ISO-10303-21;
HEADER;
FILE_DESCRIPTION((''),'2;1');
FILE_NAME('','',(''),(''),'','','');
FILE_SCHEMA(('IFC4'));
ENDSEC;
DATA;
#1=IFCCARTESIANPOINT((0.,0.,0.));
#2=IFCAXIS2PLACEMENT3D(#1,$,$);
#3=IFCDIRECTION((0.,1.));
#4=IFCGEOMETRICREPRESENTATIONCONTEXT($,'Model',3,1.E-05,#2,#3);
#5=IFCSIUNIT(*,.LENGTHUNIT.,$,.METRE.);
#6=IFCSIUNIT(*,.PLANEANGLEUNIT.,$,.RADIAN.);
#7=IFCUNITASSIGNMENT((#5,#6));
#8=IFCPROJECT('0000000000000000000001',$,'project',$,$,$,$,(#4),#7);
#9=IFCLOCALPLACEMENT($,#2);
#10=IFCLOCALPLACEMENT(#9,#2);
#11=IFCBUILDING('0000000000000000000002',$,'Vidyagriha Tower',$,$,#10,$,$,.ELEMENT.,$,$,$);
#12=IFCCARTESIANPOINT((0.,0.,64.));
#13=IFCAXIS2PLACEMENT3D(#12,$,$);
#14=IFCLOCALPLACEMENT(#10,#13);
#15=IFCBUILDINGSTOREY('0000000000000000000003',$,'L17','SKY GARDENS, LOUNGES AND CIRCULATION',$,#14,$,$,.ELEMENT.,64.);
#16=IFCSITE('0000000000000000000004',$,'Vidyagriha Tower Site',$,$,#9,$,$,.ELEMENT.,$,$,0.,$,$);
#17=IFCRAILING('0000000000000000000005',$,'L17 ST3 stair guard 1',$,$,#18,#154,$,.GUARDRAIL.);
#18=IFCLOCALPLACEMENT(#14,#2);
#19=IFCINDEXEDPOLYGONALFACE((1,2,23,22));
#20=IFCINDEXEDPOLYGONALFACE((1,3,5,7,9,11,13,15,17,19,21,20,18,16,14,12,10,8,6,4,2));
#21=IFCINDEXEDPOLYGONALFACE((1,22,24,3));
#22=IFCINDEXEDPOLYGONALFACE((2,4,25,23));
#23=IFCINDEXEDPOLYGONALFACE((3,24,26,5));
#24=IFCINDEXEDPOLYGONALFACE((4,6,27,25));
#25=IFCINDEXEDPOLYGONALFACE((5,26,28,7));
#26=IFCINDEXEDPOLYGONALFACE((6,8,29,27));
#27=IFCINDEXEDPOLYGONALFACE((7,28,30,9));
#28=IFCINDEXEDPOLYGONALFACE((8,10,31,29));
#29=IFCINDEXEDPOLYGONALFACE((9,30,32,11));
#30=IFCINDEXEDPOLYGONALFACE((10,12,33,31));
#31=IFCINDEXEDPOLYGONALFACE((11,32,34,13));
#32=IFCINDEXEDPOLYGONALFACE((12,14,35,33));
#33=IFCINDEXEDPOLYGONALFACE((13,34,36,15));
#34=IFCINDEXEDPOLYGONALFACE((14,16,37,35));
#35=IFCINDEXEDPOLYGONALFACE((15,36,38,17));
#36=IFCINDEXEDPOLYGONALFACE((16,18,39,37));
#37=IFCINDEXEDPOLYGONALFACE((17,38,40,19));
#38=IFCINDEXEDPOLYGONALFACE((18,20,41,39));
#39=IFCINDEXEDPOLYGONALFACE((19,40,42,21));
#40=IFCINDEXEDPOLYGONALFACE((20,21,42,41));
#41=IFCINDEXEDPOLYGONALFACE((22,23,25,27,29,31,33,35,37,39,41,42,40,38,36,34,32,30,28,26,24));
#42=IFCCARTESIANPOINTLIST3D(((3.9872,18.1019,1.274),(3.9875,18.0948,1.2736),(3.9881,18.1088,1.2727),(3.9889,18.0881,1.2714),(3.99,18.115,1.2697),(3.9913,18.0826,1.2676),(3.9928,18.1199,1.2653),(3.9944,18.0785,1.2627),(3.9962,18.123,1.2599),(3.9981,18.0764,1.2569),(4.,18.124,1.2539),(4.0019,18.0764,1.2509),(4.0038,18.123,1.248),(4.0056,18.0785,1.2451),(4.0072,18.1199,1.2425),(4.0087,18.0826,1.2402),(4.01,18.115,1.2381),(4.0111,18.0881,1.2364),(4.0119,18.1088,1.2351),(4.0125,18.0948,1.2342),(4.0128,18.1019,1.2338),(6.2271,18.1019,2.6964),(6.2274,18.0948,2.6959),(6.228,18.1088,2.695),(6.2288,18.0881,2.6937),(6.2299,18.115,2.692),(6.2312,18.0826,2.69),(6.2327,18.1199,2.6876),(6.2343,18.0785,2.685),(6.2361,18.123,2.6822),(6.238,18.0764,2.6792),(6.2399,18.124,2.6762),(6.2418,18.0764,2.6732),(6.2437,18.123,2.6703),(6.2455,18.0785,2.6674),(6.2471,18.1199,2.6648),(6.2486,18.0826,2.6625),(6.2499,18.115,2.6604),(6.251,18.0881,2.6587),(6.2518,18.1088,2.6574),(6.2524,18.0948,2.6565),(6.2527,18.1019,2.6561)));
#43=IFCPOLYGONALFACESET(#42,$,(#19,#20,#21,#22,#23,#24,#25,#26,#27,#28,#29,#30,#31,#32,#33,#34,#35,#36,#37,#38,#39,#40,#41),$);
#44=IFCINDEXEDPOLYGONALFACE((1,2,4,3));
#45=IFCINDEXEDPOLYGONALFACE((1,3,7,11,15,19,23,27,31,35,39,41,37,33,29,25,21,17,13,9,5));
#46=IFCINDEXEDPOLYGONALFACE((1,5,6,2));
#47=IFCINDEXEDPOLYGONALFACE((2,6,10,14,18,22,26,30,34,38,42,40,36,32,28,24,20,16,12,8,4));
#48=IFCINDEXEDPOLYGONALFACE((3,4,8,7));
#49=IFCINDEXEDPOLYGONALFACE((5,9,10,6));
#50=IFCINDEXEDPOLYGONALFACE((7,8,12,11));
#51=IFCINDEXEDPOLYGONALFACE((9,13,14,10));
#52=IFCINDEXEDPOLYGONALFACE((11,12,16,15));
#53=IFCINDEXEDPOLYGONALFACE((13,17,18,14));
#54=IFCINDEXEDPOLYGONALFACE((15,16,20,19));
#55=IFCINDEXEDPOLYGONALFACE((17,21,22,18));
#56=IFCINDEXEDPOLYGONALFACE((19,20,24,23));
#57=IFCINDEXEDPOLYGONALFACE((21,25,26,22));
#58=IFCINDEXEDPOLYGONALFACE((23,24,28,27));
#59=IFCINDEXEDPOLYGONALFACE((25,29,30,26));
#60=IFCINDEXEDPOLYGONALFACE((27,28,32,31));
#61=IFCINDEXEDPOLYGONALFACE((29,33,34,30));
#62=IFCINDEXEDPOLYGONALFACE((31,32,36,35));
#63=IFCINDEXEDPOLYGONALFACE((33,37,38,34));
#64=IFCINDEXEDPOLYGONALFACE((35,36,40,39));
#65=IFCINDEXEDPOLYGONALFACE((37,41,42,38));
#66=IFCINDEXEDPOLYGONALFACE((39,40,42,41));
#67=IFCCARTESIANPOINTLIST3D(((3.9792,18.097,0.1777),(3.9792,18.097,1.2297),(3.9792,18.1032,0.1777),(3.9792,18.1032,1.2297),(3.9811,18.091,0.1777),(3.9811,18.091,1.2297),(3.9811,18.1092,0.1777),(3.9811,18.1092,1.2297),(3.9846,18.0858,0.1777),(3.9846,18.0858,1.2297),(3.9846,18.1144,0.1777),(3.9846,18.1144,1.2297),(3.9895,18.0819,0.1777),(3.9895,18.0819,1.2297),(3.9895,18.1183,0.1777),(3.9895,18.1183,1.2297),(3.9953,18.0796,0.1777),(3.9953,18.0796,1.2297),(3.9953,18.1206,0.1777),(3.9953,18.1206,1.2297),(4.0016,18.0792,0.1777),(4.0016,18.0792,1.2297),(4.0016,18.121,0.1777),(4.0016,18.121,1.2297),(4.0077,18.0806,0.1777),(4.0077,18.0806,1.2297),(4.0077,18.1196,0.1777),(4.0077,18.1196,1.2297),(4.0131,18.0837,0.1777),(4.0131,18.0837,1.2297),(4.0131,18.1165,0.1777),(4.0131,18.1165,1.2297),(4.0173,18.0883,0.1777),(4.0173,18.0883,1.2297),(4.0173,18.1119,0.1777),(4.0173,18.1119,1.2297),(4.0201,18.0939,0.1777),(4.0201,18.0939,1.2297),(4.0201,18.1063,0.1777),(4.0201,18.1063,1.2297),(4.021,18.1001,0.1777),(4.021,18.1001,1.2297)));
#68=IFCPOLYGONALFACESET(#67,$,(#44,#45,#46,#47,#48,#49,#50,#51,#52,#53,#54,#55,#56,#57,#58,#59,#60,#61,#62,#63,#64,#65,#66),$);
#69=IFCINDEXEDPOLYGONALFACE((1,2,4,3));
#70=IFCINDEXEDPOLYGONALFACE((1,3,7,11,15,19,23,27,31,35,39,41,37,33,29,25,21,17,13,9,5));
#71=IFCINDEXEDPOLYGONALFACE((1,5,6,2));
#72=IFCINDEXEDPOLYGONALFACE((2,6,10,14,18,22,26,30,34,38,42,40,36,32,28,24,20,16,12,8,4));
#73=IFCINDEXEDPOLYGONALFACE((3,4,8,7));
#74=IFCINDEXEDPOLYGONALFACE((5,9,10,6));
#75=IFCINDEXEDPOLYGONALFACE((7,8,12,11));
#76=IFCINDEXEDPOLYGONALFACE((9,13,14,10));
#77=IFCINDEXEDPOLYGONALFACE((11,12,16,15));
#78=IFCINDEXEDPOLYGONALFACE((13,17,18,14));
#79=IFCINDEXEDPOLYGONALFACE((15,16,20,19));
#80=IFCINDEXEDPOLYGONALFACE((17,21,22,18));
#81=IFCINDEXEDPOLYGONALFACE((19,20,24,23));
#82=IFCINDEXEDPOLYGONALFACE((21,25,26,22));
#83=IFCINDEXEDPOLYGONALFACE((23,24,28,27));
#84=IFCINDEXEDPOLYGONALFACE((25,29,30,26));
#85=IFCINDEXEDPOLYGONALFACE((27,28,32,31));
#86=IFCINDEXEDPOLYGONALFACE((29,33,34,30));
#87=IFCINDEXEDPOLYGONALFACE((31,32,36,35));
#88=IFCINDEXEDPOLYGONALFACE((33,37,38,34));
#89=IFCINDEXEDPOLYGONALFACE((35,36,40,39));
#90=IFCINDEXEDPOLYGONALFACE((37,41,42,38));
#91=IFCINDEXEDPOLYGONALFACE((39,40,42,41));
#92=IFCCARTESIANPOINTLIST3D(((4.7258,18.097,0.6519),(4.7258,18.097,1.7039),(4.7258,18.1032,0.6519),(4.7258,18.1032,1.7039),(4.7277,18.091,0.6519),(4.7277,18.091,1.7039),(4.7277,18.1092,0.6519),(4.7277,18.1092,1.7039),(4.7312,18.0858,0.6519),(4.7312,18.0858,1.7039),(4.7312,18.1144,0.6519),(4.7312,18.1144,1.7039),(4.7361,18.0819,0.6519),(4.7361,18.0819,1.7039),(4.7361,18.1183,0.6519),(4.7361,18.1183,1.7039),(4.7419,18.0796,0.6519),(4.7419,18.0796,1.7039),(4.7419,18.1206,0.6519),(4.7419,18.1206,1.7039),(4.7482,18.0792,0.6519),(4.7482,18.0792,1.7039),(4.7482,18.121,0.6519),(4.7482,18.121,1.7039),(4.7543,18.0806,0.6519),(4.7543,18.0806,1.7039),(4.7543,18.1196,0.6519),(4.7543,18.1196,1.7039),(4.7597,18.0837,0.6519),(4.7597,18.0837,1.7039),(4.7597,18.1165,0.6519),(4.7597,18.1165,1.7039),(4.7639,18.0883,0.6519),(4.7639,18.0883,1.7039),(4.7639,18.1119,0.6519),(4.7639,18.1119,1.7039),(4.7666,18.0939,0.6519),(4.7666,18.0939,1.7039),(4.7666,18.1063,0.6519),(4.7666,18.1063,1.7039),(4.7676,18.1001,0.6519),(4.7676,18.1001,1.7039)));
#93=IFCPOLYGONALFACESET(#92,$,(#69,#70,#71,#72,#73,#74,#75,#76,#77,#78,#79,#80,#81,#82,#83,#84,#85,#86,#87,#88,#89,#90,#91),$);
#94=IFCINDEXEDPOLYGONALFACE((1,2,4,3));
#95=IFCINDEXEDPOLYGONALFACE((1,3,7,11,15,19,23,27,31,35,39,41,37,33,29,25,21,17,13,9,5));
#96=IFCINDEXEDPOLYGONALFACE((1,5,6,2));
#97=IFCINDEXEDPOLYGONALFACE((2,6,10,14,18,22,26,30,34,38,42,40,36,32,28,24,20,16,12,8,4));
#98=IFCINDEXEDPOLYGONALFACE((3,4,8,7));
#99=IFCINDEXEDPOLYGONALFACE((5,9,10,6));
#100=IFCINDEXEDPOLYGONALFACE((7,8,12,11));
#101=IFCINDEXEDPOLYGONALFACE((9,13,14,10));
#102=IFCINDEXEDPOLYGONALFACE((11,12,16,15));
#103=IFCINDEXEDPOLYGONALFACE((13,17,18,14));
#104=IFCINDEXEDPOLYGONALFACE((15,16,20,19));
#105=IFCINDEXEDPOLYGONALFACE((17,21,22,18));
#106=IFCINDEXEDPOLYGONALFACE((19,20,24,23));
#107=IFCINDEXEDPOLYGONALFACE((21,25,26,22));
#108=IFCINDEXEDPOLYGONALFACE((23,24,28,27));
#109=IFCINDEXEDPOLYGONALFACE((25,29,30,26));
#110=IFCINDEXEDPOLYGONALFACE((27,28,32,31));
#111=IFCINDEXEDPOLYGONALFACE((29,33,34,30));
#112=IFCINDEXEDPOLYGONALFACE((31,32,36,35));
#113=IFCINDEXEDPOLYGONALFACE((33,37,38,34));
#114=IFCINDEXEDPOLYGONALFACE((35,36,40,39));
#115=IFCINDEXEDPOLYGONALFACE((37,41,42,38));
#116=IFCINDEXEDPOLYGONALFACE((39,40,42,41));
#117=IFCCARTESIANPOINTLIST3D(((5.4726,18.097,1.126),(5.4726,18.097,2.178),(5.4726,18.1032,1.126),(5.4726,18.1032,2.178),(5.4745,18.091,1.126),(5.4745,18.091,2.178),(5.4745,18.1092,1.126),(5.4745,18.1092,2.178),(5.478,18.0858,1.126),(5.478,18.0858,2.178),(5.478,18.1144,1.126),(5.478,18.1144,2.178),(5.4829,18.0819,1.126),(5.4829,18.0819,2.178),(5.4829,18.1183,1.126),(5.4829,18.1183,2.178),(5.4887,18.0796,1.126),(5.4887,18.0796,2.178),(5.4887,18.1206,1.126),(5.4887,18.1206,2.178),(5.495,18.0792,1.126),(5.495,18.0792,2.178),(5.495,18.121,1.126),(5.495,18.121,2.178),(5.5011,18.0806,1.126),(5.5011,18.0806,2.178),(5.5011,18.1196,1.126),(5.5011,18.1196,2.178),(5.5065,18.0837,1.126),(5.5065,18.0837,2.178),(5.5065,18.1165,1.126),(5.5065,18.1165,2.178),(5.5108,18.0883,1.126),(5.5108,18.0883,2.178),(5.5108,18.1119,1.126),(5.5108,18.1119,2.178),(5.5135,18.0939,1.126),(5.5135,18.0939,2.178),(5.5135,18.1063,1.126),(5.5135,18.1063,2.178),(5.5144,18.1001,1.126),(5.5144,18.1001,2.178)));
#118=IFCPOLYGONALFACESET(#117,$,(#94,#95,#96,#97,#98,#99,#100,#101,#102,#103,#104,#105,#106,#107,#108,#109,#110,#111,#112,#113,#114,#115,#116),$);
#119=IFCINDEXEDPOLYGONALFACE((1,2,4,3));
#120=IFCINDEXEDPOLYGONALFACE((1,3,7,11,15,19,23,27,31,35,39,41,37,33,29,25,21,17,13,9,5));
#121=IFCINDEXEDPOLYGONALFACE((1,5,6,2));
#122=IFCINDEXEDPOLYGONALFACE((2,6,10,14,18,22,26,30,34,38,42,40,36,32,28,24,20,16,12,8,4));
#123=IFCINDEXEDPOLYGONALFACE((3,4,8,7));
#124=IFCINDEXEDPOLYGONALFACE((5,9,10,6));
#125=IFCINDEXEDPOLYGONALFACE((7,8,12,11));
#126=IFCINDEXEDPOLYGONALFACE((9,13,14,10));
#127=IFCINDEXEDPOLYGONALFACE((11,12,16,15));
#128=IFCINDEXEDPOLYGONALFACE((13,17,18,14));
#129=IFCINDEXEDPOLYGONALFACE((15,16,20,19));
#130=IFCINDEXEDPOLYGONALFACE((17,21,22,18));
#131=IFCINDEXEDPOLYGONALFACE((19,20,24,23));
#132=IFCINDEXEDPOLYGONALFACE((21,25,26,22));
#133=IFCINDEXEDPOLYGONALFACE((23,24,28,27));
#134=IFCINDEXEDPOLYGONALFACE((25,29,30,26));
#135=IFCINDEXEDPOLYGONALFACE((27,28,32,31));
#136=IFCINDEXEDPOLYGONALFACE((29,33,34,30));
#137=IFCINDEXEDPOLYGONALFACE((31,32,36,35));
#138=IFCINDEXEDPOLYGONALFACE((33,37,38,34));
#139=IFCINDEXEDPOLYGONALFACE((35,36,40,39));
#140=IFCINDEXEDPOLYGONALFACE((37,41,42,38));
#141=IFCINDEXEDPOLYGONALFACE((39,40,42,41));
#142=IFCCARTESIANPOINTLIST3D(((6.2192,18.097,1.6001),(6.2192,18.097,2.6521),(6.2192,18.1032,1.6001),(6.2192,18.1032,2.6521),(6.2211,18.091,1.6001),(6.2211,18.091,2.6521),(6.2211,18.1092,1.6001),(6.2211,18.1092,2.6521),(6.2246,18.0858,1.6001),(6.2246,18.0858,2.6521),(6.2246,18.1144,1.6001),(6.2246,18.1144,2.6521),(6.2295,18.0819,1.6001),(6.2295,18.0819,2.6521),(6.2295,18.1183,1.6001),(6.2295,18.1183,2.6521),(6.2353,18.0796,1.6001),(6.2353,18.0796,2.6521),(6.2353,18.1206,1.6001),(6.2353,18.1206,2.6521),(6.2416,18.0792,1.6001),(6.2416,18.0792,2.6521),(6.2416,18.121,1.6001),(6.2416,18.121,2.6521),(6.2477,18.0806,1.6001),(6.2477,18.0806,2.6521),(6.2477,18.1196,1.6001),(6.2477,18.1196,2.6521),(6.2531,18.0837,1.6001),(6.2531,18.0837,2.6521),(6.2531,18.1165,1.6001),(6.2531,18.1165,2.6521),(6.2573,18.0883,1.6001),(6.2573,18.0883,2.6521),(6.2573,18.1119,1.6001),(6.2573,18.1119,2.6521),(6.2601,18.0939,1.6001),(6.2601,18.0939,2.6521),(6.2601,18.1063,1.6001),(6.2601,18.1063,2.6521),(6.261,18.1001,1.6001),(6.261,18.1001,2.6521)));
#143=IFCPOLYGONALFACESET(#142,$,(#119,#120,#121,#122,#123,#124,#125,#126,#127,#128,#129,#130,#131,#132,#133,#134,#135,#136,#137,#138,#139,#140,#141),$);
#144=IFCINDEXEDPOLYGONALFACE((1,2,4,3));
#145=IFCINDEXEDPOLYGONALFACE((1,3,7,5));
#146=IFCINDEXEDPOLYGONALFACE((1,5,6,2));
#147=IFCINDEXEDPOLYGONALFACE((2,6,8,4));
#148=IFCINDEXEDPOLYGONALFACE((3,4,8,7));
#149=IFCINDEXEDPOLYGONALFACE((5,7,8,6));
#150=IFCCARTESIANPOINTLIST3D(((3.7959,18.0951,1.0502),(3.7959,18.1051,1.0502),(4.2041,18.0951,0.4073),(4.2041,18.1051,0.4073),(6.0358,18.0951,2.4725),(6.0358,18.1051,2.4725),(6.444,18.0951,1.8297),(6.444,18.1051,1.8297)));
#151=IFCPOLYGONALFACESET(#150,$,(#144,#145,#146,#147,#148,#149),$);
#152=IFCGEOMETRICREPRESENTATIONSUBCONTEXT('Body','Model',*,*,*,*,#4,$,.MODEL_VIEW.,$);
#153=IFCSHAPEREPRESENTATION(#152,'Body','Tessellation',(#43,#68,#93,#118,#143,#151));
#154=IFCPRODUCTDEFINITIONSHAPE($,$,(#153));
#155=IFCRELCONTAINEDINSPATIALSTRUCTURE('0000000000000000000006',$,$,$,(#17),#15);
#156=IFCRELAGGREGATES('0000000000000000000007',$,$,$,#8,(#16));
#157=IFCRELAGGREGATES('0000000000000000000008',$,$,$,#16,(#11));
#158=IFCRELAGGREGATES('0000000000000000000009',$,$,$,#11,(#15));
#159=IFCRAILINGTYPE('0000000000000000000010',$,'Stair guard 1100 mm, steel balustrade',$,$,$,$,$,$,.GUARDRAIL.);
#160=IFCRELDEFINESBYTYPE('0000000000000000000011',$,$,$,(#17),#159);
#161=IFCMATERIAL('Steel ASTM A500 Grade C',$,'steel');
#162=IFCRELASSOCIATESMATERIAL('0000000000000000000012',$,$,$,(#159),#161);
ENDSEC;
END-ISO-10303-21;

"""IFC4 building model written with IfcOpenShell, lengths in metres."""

from ifc_helpers import new_model, si_unit, direction, frame, origin, origin_2d, place, context, subcontext, project, spatial, rectangle, circle, extrude, material, type_object, element, save


model = new_model("IFC4")

# Units and contexts
model_context = context("Model", 3, precision=1e-05, world=origin(), true_north=direction((0.0, 1.0)))
body_context = subcontext(model_context, "Body", "Model", "MODEL_VIEW")
ifc_project = project(units=[si_unit("LENGTHUNIT", "METRE"), si_unit("PLANEANGLEUNIT", "RADIAN")], contexts=[model_context])

# Site, building, storey
site_placement = place(None, origin())
site = spatial("IfcSite", under=ifc_project, at=site_placement, Name="Vidyagriha Tower Site", CompositionType="ELEMENT", RefElevation=0.0)
building_placement = place(site_placement, origin())
building = spatial("IfcBuilding", under=site, at=building_placement, Name="Vidyagriha Tower", CompositionType="ELEMENT")
storey_placement = place(building_placement, frame((0.0, 0.0, 64.0)))
storey = spatial("IfcBuildingStorey", under=building, at=storey_placement, Name="L17", Description="SKY GARDENS, LOUNGES AND CIRCULATION", CompositionType="ELEMENT", Elevation=64.0)

# Railing
ifc_material_1 = material(Name="Steel ASTM A500 Grade C", Category="steel")
railing_type_1 = type_object("IfcRailingType", Name="Stair guard 1100 mm, steel balustrade", PredefinedType="GUARDRAIL", material=ifc_material_1)
railing_1_placement = place(storey_placement, frame((4.0, 18.1001, 0.1777)))
element("IfcRailing", 1, at=railing_1_placement, inside=storey, type_object=railing_type_1, Name="L17 ST3 stair guard 1", PredefinedType="GUARDRAIL", context=body_context, shape_type="SweptSolid", body=[
    extrude(circle(Radius=0.0239, at=origin_2d()), frame((0.0, 0.0, 1.0762), z_axis=(0.844188, 0.0, 0.536048), x_axis=(0.0, 1.0, 0.0)), (0.0, 0.0, 1.0), 2.6533),
    extrude(circle(Radius=0.021, at=origin_2d()), origin(), (0.0, 0.0, 1.0), 1.052),
    extrude(circle(Radius=0.021, at=origin_2d()), frame((0.7466, 0.0, 0.4741)), (0.0, 0.0, 1.0), 1.052),
    extrude(circle(Radius=0.021, at=origin_2d()), frame((1.4934, 0.0, 0.9482)), (0.0, 0.0, 1.0), 1.052),
    extrude(circle(Radius=0.021, at=origin_2d()), frame((2.24, 0.0, 1.4224)), (0.0, 0.0, 1.0), 1.052),
    extrude(rectangle(XDim=0.01, YDim=0.7615, at=origin_2d()), frame((0.0, 0.0, 0.551), z_axis=(0.844188, 0.0, 0.536048), x_axis=(0.0, 1.0, 0.0)), (0.0, 0.0, 1.0), 2.6533),
])

save(model, "model.ifc")
